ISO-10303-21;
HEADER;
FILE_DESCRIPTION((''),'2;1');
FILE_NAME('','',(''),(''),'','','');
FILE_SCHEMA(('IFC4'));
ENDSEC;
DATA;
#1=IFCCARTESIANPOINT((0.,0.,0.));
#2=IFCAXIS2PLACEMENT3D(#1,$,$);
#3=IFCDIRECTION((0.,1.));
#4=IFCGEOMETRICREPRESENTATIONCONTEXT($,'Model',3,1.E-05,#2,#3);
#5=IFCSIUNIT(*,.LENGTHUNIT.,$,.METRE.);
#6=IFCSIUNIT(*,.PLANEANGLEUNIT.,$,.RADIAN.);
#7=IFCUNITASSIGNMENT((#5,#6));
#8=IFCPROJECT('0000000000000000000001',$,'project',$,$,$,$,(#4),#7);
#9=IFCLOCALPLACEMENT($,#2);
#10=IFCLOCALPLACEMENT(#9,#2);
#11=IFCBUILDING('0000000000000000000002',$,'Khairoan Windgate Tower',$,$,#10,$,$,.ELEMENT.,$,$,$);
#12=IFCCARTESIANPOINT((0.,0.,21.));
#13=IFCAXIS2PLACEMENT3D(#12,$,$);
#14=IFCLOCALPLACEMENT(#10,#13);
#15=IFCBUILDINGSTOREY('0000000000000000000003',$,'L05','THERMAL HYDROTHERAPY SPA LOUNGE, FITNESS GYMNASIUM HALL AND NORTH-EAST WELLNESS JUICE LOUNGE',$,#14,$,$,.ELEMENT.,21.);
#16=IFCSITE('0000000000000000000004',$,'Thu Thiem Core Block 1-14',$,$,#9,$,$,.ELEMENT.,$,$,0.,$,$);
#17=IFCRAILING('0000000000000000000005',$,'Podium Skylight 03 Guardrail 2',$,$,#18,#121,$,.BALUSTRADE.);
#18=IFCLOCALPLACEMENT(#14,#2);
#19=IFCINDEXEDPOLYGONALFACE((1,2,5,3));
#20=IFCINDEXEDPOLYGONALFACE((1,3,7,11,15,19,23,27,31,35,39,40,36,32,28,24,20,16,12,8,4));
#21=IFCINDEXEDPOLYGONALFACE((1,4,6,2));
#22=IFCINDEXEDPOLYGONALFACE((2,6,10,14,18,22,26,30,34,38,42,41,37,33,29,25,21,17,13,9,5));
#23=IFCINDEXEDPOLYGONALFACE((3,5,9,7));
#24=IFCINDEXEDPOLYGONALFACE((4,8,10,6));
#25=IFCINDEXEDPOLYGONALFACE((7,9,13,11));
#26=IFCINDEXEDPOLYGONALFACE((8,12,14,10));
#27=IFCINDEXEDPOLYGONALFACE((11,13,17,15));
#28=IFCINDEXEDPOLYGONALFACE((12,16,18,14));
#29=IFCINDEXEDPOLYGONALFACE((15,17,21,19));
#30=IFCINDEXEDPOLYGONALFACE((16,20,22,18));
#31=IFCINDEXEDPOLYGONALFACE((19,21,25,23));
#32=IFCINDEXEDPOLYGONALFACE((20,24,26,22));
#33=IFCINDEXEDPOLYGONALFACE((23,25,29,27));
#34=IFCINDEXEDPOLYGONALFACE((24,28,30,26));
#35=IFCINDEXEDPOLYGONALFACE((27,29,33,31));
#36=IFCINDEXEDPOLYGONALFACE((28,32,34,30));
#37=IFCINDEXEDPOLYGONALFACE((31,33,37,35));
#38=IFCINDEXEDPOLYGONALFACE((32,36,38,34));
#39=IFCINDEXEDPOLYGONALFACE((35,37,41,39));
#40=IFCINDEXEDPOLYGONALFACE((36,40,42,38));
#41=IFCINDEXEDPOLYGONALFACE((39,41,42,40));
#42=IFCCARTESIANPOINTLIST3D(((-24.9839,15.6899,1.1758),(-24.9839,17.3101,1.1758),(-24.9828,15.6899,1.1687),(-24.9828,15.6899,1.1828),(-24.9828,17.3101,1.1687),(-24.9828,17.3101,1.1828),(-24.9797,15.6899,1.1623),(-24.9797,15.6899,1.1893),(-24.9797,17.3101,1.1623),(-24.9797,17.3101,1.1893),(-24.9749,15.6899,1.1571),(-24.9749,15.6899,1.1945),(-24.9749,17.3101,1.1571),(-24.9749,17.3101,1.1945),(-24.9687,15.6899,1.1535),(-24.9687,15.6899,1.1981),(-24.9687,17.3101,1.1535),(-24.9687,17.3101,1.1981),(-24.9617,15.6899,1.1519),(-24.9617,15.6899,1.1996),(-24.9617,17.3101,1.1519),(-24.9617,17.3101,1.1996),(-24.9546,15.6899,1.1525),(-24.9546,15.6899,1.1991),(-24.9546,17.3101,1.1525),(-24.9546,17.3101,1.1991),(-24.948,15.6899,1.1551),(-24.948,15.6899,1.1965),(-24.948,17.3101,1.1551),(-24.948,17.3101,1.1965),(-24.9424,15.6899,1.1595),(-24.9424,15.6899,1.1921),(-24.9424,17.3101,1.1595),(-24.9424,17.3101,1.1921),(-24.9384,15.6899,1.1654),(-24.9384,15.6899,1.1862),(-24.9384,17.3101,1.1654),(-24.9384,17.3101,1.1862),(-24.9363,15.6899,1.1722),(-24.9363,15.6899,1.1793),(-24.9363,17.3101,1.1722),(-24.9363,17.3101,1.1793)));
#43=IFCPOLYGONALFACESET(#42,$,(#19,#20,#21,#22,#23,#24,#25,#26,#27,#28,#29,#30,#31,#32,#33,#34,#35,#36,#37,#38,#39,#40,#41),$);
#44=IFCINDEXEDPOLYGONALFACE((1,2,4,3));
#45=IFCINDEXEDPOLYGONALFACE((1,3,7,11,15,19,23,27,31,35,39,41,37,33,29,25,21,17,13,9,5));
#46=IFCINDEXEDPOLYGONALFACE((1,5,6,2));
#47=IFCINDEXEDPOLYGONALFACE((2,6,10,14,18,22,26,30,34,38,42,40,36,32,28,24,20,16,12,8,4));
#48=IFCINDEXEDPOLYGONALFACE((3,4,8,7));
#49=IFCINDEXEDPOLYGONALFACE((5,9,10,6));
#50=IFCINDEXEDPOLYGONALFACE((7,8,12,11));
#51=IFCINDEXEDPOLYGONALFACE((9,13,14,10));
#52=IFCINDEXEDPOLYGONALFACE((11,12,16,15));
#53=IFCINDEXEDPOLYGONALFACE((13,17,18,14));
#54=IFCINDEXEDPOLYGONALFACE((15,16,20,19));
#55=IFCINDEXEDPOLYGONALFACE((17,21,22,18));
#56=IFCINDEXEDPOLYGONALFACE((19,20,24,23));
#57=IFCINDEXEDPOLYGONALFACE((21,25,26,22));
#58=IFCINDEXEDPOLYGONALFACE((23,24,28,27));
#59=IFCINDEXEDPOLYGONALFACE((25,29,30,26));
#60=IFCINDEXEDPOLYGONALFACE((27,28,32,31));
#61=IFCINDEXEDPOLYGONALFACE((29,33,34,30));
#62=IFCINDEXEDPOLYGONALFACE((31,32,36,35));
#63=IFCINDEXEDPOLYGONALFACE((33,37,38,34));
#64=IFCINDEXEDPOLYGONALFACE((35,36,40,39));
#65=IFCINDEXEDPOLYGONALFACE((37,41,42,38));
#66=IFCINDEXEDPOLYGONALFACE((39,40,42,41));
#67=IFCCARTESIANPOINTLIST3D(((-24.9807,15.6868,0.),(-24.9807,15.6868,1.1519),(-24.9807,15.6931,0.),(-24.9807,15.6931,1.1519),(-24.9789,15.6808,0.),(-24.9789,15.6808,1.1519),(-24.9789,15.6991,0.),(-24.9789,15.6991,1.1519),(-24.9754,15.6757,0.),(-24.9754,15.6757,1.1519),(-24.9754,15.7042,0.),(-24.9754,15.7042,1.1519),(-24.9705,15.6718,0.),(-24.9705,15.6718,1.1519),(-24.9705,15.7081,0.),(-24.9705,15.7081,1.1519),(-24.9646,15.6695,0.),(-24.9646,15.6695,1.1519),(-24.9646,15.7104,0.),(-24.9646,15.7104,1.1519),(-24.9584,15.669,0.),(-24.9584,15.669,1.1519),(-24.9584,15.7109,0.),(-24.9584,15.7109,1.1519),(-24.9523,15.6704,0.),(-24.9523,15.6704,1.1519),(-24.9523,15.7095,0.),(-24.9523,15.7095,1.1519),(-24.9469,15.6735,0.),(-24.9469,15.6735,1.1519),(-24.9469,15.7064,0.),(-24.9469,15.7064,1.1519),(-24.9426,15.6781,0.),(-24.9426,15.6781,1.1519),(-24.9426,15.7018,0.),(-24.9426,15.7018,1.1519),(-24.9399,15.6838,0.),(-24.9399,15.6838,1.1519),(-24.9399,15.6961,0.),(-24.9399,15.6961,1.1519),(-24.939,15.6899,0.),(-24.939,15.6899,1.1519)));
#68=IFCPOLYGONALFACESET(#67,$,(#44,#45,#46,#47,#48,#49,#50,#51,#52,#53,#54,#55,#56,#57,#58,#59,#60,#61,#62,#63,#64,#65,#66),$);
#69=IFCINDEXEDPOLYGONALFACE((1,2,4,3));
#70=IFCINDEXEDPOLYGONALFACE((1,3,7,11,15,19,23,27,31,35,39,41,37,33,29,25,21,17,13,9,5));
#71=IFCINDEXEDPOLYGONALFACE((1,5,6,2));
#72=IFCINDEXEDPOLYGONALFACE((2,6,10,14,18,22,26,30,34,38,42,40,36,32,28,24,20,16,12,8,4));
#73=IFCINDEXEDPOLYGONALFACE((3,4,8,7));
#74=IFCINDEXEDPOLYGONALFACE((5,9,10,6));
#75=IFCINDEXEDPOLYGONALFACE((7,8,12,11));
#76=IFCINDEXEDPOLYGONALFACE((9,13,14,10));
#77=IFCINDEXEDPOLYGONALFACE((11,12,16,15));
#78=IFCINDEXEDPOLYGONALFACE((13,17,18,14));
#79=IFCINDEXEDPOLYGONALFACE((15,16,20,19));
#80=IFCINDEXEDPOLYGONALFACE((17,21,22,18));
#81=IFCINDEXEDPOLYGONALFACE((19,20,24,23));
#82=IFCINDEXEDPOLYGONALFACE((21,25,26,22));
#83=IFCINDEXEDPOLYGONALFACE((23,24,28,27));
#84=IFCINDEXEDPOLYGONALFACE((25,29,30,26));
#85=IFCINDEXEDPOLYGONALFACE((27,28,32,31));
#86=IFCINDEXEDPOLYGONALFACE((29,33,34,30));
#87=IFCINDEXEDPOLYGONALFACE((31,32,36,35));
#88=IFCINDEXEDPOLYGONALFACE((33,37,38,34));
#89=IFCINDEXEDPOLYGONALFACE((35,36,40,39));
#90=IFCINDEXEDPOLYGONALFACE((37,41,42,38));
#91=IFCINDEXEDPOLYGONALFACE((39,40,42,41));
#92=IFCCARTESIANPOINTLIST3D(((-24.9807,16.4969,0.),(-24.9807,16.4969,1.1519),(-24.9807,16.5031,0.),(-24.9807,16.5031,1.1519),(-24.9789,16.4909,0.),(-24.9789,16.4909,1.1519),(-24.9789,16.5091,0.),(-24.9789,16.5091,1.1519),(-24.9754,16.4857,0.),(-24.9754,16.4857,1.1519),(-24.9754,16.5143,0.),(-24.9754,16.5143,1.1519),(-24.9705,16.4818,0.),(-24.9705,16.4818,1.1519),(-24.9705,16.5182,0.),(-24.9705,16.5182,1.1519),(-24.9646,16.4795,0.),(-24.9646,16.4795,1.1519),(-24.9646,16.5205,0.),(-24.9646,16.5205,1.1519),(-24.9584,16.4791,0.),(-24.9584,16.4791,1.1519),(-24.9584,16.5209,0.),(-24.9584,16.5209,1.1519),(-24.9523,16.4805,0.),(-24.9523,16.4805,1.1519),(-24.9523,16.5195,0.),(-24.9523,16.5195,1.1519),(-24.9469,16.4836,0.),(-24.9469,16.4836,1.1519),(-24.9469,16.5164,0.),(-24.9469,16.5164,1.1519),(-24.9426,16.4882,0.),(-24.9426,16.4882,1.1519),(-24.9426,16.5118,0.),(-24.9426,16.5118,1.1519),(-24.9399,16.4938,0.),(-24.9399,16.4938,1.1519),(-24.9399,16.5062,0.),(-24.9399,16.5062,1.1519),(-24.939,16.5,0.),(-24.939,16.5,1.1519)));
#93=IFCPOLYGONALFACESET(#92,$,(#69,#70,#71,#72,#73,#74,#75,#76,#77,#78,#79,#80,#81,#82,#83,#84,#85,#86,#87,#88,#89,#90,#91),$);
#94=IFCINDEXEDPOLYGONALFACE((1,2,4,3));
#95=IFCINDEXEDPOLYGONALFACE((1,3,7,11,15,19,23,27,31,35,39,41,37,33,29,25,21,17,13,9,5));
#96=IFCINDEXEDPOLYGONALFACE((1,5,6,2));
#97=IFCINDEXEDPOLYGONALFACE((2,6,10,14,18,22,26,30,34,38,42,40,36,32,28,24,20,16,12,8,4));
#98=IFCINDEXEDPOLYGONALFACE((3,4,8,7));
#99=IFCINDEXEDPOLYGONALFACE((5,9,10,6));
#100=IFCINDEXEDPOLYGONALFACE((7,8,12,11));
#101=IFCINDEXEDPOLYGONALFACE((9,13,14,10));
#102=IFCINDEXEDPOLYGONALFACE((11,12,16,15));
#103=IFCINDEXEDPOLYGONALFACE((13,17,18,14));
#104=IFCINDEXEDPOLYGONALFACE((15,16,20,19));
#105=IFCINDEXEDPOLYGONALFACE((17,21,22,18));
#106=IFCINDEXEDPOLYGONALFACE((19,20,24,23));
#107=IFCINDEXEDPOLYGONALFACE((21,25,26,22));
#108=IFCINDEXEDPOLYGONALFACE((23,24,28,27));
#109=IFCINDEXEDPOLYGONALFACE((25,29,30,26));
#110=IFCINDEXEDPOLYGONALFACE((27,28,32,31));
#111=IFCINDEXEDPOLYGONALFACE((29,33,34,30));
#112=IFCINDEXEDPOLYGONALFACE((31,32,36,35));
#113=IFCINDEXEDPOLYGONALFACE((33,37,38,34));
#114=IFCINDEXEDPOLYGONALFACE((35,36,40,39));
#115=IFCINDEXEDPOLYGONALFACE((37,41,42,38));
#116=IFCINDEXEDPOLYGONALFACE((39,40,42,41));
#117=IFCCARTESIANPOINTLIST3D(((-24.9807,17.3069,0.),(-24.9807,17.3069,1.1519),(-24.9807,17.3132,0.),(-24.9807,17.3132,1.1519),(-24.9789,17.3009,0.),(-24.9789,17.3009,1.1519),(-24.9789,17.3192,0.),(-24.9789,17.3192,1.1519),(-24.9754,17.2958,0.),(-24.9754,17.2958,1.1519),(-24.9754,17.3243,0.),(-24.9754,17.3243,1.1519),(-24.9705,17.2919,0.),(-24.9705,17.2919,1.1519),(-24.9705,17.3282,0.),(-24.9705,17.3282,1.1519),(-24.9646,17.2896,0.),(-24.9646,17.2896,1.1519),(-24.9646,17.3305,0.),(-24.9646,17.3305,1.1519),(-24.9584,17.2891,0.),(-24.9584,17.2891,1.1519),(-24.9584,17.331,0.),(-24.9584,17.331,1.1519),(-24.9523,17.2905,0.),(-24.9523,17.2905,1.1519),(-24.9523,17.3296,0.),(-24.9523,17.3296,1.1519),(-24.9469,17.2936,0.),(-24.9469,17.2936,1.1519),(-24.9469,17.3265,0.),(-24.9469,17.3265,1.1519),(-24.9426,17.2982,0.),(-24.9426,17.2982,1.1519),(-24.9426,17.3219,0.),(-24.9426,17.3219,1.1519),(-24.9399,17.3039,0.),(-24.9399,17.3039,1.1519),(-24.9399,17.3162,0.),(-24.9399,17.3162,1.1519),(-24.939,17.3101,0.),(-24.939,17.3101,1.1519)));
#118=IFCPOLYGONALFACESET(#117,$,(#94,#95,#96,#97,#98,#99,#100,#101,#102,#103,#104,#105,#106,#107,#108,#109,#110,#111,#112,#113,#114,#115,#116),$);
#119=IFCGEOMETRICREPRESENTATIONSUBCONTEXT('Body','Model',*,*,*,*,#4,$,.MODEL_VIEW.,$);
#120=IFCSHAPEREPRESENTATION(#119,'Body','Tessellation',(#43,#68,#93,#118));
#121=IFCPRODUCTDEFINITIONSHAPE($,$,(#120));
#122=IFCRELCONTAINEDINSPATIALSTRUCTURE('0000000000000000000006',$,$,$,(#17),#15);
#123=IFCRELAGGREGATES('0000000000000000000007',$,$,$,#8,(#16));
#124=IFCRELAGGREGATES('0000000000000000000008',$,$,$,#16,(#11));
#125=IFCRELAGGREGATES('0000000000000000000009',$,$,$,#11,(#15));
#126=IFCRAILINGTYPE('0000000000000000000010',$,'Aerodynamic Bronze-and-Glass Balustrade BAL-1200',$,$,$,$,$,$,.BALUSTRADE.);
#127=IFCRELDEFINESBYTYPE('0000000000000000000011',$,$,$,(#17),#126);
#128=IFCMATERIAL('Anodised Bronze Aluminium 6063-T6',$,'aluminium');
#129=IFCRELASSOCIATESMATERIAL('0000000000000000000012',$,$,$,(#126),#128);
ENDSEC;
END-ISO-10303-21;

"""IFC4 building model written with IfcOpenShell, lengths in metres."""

from ifc_helpers import new_model, si_unit, direction, frame, origin, origin_2d, place, context, subcontext, project, spatial, circle, extrude, material, type_object, element, save


model = new_model("IFC4")

# Units and contexts
model_context = context("Model", 3, precision=1e-05, world=origin(), true_north=direction((0.0, 1.0)))
body_context = subcontext(model_context, "Body", "Model", "MODEL_VIEW")
ifc_project = project(units=[si_unit("LENGTHUNIT", "METRE"), si_unit("PLANEANGLEUNIT", "RADIAN")], contexts=[model_context])

# Site, building, storey
site_placement = place(None, origin())
site = spatial("IfcSite", under=ifc_project, at=site_placement, Name="Thu Thiem Core Block 1-14", CompositionType="ELEMENT", RefElevation=0.0)
building_placement = place(site_placement, origin())
building = spatial("IfcBuilding", under=site, at=building_placement, Name="Khairoan Windgate Tower", CompositionType="ELEMENT")
storey_placement = place(building_placement, frame((0.0, 0.0, 21.0)))
storey = spatial("IfcBuildingStorey", under=building, at=storey_placement, Name="L05", Description="THERMAL HYDROTHERAPY SPA LOUNGE, FITNESS GYMNASIUM HALL AND NORTH-EAST WELLNESS JUICE LOUNGE", CompositionType="ELEMENT", Elevation=21.0)

# Railing
ifc_material_1 = material(Name="Anodised Bronze Aluminium 6063-T6", Category="aluminium")
railing_type = type_object("IfcRailingType", Name="Aerodynamic Bronze-and-Glass Balustrade BAL-1200", PredefinedType="BALUSTRADE", material=ifc_material_1)
railing_1_placement = place(storey_placement, frame((-24.96, 15.6899, 0.0)))
element("IfcRailing", 1, at=railing_1_placement, inside=storey, type_object=railing_type, Name="Podium Skylight 03 Guardrail 2", PredefinedType="BALUSTRADE", context=body_context, shape_type="SweptSolid", body=[
    extrude(circle(Radius=0.0239, at=origin_2d()), frame((0.0, 0.0, 1.1758), z_axis=(0.0, 1.0, 0.0), x_axis=(-1.0, 0.0, 0.0)), (0.0, 0.0, 1.0), 1.6201),
    extrude(circle(Radius=0.021, at=origin_2d()), origin(), (0.0, 0.0, 1.0), 1.1519),
    extrude(circle(Radius=0.021, at=origin_2d()), frame((0.0, 0.8101, 0.0)), (0.0, 0.0, 1.0), 1.1519),
    extrude(circle(Radius=0.021, at=origin_2d()), frame((0.0, 1.6201, 0.0)), (0.0, 0.0, 1.0), 1.1519),
])

save(model, "model.ifc")
